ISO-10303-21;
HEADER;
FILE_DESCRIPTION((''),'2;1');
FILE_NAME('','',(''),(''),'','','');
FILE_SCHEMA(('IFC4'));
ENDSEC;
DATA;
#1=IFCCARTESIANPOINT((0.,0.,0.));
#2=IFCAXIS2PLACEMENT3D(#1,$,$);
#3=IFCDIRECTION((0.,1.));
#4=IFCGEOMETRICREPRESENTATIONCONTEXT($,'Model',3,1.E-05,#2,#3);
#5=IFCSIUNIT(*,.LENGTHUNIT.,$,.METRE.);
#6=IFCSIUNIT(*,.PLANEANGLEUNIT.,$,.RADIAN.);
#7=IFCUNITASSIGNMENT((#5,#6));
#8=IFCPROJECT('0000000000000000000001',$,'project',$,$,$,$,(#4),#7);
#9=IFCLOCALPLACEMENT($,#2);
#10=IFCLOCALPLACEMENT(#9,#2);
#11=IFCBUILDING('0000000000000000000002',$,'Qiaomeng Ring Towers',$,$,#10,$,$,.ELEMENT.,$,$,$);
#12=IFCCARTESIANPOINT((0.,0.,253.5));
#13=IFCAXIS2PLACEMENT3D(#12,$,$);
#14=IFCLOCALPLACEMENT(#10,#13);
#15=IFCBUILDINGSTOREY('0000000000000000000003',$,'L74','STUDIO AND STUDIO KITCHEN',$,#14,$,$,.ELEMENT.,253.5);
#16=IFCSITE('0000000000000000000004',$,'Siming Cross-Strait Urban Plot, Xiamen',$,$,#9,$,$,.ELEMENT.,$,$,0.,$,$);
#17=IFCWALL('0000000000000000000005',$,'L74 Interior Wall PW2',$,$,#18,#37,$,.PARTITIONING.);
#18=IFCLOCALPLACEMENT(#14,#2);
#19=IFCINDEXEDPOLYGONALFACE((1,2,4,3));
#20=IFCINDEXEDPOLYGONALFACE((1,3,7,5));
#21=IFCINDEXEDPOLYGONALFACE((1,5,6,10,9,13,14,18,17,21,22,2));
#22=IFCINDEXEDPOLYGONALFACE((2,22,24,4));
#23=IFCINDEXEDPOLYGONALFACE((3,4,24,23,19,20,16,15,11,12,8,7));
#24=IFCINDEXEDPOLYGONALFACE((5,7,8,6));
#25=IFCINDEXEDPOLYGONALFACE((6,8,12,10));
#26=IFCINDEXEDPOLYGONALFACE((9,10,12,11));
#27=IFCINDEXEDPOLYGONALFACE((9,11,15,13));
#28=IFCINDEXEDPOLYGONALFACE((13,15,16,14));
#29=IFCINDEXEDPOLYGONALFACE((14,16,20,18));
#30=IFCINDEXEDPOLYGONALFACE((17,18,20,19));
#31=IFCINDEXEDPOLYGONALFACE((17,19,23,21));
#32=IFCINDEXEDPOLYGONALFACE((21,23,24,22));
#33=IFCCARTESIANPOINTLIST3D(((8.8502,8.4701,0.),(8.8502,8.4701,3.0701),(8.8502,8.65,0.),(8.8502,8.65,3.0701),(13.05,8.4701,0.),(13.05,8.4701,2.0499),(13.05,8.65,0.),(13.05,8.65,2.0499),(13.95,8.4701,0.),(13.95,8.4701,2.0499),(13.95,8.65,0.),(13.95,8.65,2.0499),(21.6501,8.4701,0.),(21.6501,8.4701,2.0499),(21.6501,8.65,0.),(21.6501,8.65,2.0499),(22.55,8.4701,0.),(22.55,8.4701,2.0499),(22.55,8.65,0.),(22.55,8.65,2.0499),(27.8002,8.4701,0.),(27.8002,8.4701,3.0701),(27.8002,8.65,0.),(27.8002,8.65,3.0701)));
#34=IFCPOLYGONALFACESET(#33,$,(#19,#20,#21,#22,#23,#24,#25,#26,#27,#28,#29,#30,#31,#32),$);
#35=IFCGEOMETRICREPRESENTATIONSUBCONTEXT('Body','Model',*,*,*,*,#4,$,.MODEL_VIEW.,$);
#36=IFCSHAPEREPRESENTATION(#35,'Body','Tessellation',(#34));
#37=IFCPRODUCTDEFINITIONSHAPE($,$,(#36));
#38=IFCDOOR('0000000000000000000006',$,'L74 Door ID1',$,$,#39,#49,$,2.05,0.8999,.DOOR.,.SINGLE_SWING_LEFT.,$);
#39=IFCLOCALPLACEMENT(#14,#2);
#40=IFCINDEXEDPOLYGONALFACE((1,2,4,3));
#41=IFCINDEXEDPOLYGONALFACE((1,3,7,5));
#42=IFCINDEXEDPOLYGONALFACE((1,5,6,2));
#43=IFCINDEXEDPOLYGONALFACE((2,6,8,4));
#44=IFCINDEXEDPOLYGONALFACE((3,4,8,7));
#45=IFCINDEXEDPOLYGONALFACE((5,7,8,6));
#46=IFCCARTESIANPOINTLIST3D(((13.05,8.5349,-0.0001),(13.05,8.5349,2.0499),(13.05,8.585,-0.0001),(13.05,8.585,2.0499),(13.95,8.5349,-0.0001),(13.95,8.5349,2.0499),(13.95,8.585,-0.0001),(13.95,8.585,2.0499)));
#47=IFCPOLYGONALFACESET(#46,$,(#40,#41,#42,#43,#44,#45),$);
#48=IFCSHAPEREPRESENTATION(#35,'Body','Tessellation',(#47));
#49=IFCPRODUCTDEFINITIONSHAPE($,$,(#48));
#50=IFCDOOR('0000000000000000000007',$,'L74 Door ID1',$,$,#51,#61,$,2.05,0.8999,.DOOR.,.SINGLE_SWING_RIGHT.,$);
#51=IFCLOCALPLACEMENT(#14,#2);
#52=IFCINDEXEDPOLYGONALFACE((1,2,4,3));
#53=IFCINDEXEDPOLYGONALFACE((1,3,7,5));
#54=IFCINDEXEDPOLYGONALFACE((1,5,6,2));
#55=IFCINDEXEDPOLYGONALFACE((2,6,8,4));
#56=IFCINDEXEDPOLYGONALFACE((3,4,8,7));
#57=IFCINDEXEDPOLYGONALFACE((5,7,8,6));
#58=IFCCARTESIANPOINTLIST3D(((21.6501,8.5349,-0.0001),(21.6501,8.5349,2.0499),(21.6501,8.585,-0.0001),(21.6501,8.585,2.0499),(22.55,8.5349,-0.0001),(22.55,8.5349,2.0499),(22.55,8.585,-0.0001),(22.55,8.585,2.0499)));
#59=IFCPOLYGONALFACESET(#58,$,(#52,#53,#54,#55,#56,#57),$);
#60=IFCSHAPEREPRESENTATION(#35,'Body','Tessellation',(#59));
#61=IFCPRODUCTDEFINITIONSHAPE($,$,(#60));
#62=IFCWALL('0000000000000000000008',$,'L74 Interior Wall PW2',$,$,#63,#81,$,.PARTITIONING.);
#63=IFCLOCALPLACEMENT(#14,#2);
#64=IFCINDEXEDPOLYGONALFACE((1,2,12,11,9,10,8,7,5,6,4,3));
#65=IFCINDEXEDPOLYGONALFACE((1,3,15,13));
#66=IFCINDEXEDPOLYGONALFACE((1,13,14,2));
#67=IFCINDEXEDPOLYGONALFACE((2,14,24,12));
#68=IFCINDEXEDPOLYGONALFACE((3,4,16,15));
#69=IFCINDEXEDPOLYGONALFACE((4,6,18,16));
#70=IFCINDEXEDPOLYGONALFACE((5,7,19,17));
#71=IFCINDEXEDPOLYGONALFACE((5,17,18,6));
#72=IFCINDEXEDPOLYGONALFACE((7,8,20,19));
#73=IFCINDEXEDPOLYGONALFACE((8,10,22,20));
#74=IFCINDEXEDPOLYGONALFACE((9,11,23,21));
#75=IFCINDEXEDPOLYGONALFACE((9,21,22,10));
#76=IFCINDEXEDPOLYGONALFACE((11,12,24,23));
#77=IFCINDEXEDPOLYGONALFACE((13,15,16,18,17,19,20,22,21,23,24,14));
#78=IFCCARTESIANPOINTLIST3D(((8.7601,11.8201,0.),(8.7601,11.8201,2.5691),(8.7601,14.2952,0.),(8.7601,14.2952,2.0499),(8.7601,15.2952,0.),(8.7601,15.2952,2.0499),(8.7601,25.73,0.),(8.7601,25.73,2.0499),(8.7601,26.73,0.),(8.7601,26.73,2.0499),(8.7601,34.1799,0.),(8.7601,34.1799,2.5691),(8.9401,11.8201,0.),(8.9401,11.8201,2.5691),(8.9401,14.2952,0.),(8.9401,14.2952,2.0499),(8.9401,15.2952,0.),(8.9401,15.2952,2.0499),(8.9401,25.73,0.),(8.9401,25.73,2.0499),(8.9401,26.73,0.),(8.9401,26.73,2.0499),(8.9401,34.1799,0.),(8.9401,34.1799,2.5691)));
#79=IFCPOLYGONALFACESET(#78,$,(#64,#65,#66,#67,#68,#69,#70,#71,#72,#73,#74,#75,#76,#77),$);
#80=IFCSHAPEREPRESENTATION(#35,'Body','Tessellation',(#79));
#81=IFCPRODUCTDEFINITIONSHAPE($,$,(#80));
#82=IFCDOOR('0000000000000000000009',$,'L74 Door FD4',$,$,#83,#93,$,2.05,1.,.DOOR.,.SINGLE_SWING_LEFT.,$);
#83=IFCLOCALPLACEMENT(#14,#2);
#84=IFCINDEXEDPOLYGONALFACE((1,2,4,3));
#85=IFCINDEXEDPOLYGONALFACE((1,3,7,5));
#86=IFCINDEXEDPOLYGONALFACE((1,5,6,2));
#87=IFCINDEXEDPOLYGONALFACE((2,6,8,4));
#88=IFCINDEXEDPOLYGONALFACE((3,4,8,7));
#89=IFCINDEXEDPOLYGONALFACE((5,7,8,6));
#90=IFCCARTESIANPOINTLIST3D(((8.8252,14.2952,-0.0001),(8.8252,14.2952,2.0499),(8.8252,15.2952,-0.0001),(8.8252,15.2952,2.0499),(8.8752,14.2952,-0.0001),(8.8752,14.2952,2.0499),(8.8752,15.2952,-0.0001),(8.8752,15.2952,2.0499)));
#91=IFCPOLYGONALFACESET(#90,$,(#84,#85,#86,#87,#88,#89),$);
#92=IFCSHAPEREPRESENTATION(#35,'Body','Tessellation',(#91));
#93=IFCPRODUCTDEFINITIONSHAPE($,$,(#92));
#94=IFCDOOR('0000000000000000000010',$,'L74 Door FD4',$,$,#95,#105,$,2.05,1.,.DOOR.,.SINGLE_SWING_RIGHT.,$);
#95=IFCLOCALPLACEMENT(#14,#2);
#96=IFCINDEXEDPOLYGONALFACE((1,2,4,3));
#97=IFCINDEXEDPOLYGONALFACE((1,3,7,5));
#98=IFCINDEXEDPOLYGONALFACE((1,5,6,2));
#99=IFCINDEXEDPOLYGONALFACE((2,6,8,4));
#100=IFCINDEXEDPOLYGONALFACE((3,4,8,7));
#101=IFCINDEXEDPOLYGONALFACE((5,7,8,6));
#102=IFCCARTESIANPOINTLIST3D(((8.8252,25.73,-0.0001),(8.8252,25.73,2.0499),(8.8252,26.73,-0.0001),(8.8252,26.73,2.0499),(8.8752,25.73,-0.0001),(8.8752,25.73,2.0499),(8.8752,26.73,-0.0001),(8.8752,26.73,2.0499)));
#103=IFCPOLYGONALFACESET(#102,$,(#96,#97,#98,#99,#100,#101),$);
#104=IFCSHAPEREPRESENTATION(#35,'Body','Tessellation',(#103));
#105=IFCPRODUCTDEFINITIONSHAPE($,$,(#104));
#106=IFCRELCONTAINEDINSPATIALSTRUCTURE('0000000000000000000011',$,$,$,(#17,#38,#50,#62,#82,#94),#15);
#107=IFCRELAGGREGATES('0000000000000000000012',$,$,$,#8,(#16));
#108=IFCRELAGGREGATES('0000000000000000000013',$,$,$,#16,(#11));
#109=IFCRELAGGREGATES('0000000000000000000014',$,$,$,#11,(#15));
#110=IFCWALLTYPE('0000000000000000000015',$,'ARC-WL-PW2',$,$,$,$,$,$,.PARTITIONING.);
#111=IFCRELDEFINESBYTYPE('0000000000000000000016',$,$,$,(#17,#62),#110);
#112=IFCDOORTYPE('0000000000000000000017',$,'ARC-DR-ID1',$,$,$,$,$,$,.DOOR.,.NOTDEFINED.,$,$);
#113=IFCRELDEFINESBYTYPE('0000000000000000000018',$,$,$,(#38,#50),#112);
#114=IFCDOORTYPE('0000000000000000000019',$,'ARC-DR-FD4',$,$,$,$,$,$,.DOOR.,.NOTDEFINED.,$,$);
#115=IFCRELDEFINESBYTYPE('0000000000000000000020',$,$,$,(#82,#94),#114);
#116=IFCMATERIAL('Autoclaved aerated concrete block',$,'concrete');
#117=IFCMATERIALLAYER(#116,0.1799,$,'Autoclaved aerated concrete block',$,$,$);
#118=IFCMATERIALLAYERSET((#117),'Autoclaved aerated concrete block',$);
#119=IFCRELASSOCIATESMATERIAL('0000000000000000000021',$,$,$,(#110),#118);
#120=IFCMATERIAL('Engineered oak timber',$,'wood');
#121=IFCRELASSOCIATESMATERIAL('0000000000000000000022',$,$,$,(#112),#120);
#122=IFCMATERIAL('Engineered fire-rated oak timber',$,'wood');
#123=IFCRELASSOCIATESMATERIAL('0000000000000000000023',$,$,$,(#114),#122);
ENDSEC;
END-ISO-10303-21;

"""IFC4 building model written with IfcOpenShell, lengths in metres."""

from ifc_helpers import new_model, si_unit, direction, frame, frame_2d, origin, place, context, subcontext, project, spatial, rectangle, extrude, source, transform, mapped, material, layer, layer_set, type_object, element, fill, save


model = new_model("IFC4")

# Units and contexts
model_context = context("Model", 3, precision=1e-05, world=origin(), true_north=direction((0.0, 1.0)))
body_context = subcontext(model_context, "Body", "Model", "MODEL_VIEW")
ifc_project = project(units=[si_unit("LENGTHUNIT", "METRE"), si_unit("PLANEANGLEUNIT", "RADIAN")], contexts=[model_context])

# Site, building, storey
site_placement = place(None, origin())
site = spatial("IfcSite", under=ifc_project, at=site_placement, Name="Siming Cross-Strait Urban Plot, Xiamen", CompositionType="ELEMENT", RefElevation=0.0)
building_placement = place(site_placement, origin())
building = spatial("IfcBuilding", under=site, at=building_placement, Name="Qiaomeng Ring Towers", CompositionType="ELEMENT")
storey_placement = place(building_placement, frame((0.0, 0.0, 253.5)))
storey = spatial("IfcBuildingStorey", under=building, at=storey_placement, Name="L74", Description="STUDIO AND STUDIO KITCHEN", CompositionType="ELEMENT", Elevation=253.5)

# Shared definitions
ifc_material_1 = material(Name="Autoclaved aerated concrete block", Category="concrete")
ifc_layer_1 = layer(ifc_material_1, 0.1799, Name="Autoclaved aerated concrete block")
ifc_layer_set_1 = layer_set([ifc_layer_1], Name="Autoclaved aerated concrete block")
wall_type_1 = type_object("IfcWallType", Name="ARC-WL-PW2", PredefinedType="PARTITIONING", material=ifc_layer_set_1)

# Walls, openings, doors
wall_1_placement = place(storey_placement, frame((8.8501, 8.5601, 0.0), z_axis=(0.0, 0.0, 1.0), x_axis=(1.0, 0.0, 0.0)))
wall_1 = element("IfcWall", 1, at=wall_1_placement, inside=storey, type_object=wall_type_1, Name="L74 Interior Wall PW2", PredefinedType="PARTITIONING", context=body_context, shape_type="SweptSolid", body=[
    extrude(rectangle(XDim=18.95, YDim=0.1799, at=frame_2d((9.4751, 0.0))), origin(), (0.0, 0.0, 1.0), 3.0701),
])
opening_1_placement = place(wall_1_placement, frame((4.2, 0.0, 0.0)))
opening_1 = element("IfcOpeningElement", 2, at=opening_1_placement, cuts=wall_1, PredefinedType="OPENING", context=body_context, shape_type="SweptSolid", body=[
    extrude(rectangle(XDim=0.8999, YDim=2.05, at=frame_2d((0.45, 1.0249))), frame((0.0, 0.0999, 0.0), z_axis=(0.0, -1.0, 0.0), x_axis=(1.0, 0.0, 0.0)), (0.0, 0.0, 1.0), 0.2),
])
opening_2_placement = place(wall_1_placement, frame((12.8, 0.0, 0.0)))
opening_2 = element("IfcOpeningElement", 3, at=opening_2_placement, cuts=wall_1, PredefinedType="OPENING", context=body_context, shape_type="SweptSolid", body=[
    extrude(rectangle(XDim=0.8999, YDim=2.05, at=frame_2d((0.45, 1.0249))), frame((0.0, 0.0999, 0.0), z_axis=(0.0, -1.0, 0.0), x_axis=(1.0, 0.0, 0.0)), (0.0, 0.0, 1.0), 0.2),
])
ifc_material_2 = material(Name="Engineered oak timber", Category="wood")
door_type_1 = type_object("IfcDoorType", Name="ARC-DR-ID1", OperationType="NOTDEFINED", PredefinedType="DOOR", material=ifc_material_2)
shared_shape_1 = source(origin(), body_context, "Body", "SweptSolid", [
    extrude(rectangle(XDim=0.8999, YDim=2.05, at=frame_2d((0.45, 1.0249))), frame((0.0, 0.0249, 0.0), z_axis=(0.0, -1.0, 0.0), x_axis=(1.0, 0.0, 0.0)), (0.0, 0.0, 1.0), 0.05),
])
door_1_placement = place(opening_1_placement, origin())
door_1 = element("IfcDoor", 4, at=door_1_placement, inside=storey, type_object=door_type_1, Name="L74 Door ID1", OperationType="SINGLE_SWING_LEFT", OverallHeight=2.05, OverallWidth=0.8999, PredefinedType="DOOR", context=body_context, shape_type="MappedRepresentation", body=[
    mapped(shared_shape_1, transform((0.0, 0.0, 0.0), x_axis=(1.0, 0.0, 0.0), y_axis=(0.0, 1.0, 0.0), z_axis=(0.0, 0.0, 1.0), scale=1.0)),
])
fill(opening_1, door_1)
door_2_placement = place(opening_2_placement, origin())
door_2 = element("IfcDoor", 5, at=door_2_placement, inside=storey, type_object=door_type_1, Name="L74 Door ID1", OperationType="SINGLE_SWING_RIGHT", OverallHeight=2.05, OverallWidth=0.8999, PredefinedType="DOOR", context=body_context, shape_type="MappedRepresentation", body=[
    mapped(shared_shape_1, transform((0.0, 0.0, 0.0), x_axis=(1.0, 0.0, 0.0), y_axis=(0.0, 1.0, 0.0), z_axis=(0.0, 0.0, 1.0), scale=1.0)),
])
fill(opening_2, door_2)
wall_2_placement = place(storey_placement, frame((8.8501, 11.8201, 0.0), z_axis=(0.0, 0.0, 1.0), x_axis=(0.0, 1.0, 0.0)))
wall_2 = element("IfcWall", 6, at=wall_2_placement, inside=storey, type_object=wall_type_1, Name="L74 Interior Wall PW2", PredefinedType="PARTITIONING", context=body_context, shape_type="SweptSolid", body=[
    extrude(rectangle(XDim=22.3599, YDim=0.1799, at=frame_2d((11.1799, 0.0))), origin(), (0.0, 0.0, 1.0), 2.5691),
])
opening_3_placement = place(wall_2_placement, frame((2.4751, 0.0, 0.0)))
opening_3 = element("IfcOpeningElement", 7, at=opening_3_placement, cuts=wall_2, PredefinedType="OPENING", context=body_context, shape_type="SweptSolid", body=[
    extrude(rectangle(XDim=1.0, YDim=2.05, at=frame_2d((0.5, 1.0249))), frame((0.0, 0.0999, 0.0), z_axis=(0.0, -1.0, 0.0), x_axis=(1.0, 0.0, 0.0)), (0.0, 0.0, 1.0), 0.2),
])
opening_4_placement = place(wall_2_placement, frame((13.9099, 0.0, 0.0)))
opening_4 = element("IfcOpeningElement", 8, at=opening_4_placement, cuts=wall_2, PredefinedType="OPENING", context=body_context, shape_type="SweptSolid", body=[
    extrude(rectangle(XDim=1.0, YDim=2.05, at=frame_2d((0.5, 1.0249))), frame((0.0, 0.0999, 0.0), z_axis=(0.0, -1.0, 0.0), x_axis=(1.0, 0.0, 0.0)), (0.0, 0.0, 1.0), 0.2),
])
ifc_material_3 = material(Name="Engineered fire-rated oak timber", Category="wood")
door_type_2 = type_object("IfcDoorType", Name="ARC-DR-FD4", OperationType="NOTDEFINED", PredefinedType="DOOR", material=ifc_material_3)
shared_shape_2 = source(origin(), body_context, "Body", "SweptSolid", [
    extrude(rectangle(XDim=1.0, YDim=2.05, at=frame_2d((0.5, 1.0249))), frame((0.0, 0.0249, 0.0), z_axis=(0.0, -1.0, 0.0), x_axis=(1.0, 0.0, 0.0)), (0.0, 0.0, 1.0), 0.05),
])
door_3_placement = place(opening_3_placement, origin())
door_3 = element("IfcDoor", 9, at=door_3_placement, inside=storey, type_object=door_type_2, Name="L74 Door FD4", OperationType="SINGLE_SWING_LEFT", OverallHeight=2.05, OverallWidth=1.0, PredefinedType="DOOR", context=body_context, shape_type="MappedRepresentation", body=[
    mapped(shared_shape_2, transform((0.0, 0.0, 0.0), x_axis=(1.0, 0.0, 0.0), y_axis=(0.0, 1.0, 0.0), z_axis=(0.0, 0.0, 1.0), scale=1.0)),
])
fill(opening_3, door_3)
door_4_placement = place(opening_4_placement, origin())
door_4 = element("IfcDoor", 10, at=door_4_placement, inside=storey, type_object=door_type_2, Name="L74 Door FD4", OperationType="SINGLE_SWING_RIGHT", OverallHeight=2.05, OverallWidth=1.0, PredefinedType="DOOR", context=body_context, shape_type="MappedRepresentation", body=[
    mapped(shared_shape_2, transform((0.0, 0.0, 0.0), x_axis=(1.0, 0.0, 0.0), y_axis=(0.0, 1.0, 0.0), z_axis=(0.0, 0.0, 1.0), scale=1.0)),
])
fill(opening_4, door_4)

save(model, "model.ifc")
